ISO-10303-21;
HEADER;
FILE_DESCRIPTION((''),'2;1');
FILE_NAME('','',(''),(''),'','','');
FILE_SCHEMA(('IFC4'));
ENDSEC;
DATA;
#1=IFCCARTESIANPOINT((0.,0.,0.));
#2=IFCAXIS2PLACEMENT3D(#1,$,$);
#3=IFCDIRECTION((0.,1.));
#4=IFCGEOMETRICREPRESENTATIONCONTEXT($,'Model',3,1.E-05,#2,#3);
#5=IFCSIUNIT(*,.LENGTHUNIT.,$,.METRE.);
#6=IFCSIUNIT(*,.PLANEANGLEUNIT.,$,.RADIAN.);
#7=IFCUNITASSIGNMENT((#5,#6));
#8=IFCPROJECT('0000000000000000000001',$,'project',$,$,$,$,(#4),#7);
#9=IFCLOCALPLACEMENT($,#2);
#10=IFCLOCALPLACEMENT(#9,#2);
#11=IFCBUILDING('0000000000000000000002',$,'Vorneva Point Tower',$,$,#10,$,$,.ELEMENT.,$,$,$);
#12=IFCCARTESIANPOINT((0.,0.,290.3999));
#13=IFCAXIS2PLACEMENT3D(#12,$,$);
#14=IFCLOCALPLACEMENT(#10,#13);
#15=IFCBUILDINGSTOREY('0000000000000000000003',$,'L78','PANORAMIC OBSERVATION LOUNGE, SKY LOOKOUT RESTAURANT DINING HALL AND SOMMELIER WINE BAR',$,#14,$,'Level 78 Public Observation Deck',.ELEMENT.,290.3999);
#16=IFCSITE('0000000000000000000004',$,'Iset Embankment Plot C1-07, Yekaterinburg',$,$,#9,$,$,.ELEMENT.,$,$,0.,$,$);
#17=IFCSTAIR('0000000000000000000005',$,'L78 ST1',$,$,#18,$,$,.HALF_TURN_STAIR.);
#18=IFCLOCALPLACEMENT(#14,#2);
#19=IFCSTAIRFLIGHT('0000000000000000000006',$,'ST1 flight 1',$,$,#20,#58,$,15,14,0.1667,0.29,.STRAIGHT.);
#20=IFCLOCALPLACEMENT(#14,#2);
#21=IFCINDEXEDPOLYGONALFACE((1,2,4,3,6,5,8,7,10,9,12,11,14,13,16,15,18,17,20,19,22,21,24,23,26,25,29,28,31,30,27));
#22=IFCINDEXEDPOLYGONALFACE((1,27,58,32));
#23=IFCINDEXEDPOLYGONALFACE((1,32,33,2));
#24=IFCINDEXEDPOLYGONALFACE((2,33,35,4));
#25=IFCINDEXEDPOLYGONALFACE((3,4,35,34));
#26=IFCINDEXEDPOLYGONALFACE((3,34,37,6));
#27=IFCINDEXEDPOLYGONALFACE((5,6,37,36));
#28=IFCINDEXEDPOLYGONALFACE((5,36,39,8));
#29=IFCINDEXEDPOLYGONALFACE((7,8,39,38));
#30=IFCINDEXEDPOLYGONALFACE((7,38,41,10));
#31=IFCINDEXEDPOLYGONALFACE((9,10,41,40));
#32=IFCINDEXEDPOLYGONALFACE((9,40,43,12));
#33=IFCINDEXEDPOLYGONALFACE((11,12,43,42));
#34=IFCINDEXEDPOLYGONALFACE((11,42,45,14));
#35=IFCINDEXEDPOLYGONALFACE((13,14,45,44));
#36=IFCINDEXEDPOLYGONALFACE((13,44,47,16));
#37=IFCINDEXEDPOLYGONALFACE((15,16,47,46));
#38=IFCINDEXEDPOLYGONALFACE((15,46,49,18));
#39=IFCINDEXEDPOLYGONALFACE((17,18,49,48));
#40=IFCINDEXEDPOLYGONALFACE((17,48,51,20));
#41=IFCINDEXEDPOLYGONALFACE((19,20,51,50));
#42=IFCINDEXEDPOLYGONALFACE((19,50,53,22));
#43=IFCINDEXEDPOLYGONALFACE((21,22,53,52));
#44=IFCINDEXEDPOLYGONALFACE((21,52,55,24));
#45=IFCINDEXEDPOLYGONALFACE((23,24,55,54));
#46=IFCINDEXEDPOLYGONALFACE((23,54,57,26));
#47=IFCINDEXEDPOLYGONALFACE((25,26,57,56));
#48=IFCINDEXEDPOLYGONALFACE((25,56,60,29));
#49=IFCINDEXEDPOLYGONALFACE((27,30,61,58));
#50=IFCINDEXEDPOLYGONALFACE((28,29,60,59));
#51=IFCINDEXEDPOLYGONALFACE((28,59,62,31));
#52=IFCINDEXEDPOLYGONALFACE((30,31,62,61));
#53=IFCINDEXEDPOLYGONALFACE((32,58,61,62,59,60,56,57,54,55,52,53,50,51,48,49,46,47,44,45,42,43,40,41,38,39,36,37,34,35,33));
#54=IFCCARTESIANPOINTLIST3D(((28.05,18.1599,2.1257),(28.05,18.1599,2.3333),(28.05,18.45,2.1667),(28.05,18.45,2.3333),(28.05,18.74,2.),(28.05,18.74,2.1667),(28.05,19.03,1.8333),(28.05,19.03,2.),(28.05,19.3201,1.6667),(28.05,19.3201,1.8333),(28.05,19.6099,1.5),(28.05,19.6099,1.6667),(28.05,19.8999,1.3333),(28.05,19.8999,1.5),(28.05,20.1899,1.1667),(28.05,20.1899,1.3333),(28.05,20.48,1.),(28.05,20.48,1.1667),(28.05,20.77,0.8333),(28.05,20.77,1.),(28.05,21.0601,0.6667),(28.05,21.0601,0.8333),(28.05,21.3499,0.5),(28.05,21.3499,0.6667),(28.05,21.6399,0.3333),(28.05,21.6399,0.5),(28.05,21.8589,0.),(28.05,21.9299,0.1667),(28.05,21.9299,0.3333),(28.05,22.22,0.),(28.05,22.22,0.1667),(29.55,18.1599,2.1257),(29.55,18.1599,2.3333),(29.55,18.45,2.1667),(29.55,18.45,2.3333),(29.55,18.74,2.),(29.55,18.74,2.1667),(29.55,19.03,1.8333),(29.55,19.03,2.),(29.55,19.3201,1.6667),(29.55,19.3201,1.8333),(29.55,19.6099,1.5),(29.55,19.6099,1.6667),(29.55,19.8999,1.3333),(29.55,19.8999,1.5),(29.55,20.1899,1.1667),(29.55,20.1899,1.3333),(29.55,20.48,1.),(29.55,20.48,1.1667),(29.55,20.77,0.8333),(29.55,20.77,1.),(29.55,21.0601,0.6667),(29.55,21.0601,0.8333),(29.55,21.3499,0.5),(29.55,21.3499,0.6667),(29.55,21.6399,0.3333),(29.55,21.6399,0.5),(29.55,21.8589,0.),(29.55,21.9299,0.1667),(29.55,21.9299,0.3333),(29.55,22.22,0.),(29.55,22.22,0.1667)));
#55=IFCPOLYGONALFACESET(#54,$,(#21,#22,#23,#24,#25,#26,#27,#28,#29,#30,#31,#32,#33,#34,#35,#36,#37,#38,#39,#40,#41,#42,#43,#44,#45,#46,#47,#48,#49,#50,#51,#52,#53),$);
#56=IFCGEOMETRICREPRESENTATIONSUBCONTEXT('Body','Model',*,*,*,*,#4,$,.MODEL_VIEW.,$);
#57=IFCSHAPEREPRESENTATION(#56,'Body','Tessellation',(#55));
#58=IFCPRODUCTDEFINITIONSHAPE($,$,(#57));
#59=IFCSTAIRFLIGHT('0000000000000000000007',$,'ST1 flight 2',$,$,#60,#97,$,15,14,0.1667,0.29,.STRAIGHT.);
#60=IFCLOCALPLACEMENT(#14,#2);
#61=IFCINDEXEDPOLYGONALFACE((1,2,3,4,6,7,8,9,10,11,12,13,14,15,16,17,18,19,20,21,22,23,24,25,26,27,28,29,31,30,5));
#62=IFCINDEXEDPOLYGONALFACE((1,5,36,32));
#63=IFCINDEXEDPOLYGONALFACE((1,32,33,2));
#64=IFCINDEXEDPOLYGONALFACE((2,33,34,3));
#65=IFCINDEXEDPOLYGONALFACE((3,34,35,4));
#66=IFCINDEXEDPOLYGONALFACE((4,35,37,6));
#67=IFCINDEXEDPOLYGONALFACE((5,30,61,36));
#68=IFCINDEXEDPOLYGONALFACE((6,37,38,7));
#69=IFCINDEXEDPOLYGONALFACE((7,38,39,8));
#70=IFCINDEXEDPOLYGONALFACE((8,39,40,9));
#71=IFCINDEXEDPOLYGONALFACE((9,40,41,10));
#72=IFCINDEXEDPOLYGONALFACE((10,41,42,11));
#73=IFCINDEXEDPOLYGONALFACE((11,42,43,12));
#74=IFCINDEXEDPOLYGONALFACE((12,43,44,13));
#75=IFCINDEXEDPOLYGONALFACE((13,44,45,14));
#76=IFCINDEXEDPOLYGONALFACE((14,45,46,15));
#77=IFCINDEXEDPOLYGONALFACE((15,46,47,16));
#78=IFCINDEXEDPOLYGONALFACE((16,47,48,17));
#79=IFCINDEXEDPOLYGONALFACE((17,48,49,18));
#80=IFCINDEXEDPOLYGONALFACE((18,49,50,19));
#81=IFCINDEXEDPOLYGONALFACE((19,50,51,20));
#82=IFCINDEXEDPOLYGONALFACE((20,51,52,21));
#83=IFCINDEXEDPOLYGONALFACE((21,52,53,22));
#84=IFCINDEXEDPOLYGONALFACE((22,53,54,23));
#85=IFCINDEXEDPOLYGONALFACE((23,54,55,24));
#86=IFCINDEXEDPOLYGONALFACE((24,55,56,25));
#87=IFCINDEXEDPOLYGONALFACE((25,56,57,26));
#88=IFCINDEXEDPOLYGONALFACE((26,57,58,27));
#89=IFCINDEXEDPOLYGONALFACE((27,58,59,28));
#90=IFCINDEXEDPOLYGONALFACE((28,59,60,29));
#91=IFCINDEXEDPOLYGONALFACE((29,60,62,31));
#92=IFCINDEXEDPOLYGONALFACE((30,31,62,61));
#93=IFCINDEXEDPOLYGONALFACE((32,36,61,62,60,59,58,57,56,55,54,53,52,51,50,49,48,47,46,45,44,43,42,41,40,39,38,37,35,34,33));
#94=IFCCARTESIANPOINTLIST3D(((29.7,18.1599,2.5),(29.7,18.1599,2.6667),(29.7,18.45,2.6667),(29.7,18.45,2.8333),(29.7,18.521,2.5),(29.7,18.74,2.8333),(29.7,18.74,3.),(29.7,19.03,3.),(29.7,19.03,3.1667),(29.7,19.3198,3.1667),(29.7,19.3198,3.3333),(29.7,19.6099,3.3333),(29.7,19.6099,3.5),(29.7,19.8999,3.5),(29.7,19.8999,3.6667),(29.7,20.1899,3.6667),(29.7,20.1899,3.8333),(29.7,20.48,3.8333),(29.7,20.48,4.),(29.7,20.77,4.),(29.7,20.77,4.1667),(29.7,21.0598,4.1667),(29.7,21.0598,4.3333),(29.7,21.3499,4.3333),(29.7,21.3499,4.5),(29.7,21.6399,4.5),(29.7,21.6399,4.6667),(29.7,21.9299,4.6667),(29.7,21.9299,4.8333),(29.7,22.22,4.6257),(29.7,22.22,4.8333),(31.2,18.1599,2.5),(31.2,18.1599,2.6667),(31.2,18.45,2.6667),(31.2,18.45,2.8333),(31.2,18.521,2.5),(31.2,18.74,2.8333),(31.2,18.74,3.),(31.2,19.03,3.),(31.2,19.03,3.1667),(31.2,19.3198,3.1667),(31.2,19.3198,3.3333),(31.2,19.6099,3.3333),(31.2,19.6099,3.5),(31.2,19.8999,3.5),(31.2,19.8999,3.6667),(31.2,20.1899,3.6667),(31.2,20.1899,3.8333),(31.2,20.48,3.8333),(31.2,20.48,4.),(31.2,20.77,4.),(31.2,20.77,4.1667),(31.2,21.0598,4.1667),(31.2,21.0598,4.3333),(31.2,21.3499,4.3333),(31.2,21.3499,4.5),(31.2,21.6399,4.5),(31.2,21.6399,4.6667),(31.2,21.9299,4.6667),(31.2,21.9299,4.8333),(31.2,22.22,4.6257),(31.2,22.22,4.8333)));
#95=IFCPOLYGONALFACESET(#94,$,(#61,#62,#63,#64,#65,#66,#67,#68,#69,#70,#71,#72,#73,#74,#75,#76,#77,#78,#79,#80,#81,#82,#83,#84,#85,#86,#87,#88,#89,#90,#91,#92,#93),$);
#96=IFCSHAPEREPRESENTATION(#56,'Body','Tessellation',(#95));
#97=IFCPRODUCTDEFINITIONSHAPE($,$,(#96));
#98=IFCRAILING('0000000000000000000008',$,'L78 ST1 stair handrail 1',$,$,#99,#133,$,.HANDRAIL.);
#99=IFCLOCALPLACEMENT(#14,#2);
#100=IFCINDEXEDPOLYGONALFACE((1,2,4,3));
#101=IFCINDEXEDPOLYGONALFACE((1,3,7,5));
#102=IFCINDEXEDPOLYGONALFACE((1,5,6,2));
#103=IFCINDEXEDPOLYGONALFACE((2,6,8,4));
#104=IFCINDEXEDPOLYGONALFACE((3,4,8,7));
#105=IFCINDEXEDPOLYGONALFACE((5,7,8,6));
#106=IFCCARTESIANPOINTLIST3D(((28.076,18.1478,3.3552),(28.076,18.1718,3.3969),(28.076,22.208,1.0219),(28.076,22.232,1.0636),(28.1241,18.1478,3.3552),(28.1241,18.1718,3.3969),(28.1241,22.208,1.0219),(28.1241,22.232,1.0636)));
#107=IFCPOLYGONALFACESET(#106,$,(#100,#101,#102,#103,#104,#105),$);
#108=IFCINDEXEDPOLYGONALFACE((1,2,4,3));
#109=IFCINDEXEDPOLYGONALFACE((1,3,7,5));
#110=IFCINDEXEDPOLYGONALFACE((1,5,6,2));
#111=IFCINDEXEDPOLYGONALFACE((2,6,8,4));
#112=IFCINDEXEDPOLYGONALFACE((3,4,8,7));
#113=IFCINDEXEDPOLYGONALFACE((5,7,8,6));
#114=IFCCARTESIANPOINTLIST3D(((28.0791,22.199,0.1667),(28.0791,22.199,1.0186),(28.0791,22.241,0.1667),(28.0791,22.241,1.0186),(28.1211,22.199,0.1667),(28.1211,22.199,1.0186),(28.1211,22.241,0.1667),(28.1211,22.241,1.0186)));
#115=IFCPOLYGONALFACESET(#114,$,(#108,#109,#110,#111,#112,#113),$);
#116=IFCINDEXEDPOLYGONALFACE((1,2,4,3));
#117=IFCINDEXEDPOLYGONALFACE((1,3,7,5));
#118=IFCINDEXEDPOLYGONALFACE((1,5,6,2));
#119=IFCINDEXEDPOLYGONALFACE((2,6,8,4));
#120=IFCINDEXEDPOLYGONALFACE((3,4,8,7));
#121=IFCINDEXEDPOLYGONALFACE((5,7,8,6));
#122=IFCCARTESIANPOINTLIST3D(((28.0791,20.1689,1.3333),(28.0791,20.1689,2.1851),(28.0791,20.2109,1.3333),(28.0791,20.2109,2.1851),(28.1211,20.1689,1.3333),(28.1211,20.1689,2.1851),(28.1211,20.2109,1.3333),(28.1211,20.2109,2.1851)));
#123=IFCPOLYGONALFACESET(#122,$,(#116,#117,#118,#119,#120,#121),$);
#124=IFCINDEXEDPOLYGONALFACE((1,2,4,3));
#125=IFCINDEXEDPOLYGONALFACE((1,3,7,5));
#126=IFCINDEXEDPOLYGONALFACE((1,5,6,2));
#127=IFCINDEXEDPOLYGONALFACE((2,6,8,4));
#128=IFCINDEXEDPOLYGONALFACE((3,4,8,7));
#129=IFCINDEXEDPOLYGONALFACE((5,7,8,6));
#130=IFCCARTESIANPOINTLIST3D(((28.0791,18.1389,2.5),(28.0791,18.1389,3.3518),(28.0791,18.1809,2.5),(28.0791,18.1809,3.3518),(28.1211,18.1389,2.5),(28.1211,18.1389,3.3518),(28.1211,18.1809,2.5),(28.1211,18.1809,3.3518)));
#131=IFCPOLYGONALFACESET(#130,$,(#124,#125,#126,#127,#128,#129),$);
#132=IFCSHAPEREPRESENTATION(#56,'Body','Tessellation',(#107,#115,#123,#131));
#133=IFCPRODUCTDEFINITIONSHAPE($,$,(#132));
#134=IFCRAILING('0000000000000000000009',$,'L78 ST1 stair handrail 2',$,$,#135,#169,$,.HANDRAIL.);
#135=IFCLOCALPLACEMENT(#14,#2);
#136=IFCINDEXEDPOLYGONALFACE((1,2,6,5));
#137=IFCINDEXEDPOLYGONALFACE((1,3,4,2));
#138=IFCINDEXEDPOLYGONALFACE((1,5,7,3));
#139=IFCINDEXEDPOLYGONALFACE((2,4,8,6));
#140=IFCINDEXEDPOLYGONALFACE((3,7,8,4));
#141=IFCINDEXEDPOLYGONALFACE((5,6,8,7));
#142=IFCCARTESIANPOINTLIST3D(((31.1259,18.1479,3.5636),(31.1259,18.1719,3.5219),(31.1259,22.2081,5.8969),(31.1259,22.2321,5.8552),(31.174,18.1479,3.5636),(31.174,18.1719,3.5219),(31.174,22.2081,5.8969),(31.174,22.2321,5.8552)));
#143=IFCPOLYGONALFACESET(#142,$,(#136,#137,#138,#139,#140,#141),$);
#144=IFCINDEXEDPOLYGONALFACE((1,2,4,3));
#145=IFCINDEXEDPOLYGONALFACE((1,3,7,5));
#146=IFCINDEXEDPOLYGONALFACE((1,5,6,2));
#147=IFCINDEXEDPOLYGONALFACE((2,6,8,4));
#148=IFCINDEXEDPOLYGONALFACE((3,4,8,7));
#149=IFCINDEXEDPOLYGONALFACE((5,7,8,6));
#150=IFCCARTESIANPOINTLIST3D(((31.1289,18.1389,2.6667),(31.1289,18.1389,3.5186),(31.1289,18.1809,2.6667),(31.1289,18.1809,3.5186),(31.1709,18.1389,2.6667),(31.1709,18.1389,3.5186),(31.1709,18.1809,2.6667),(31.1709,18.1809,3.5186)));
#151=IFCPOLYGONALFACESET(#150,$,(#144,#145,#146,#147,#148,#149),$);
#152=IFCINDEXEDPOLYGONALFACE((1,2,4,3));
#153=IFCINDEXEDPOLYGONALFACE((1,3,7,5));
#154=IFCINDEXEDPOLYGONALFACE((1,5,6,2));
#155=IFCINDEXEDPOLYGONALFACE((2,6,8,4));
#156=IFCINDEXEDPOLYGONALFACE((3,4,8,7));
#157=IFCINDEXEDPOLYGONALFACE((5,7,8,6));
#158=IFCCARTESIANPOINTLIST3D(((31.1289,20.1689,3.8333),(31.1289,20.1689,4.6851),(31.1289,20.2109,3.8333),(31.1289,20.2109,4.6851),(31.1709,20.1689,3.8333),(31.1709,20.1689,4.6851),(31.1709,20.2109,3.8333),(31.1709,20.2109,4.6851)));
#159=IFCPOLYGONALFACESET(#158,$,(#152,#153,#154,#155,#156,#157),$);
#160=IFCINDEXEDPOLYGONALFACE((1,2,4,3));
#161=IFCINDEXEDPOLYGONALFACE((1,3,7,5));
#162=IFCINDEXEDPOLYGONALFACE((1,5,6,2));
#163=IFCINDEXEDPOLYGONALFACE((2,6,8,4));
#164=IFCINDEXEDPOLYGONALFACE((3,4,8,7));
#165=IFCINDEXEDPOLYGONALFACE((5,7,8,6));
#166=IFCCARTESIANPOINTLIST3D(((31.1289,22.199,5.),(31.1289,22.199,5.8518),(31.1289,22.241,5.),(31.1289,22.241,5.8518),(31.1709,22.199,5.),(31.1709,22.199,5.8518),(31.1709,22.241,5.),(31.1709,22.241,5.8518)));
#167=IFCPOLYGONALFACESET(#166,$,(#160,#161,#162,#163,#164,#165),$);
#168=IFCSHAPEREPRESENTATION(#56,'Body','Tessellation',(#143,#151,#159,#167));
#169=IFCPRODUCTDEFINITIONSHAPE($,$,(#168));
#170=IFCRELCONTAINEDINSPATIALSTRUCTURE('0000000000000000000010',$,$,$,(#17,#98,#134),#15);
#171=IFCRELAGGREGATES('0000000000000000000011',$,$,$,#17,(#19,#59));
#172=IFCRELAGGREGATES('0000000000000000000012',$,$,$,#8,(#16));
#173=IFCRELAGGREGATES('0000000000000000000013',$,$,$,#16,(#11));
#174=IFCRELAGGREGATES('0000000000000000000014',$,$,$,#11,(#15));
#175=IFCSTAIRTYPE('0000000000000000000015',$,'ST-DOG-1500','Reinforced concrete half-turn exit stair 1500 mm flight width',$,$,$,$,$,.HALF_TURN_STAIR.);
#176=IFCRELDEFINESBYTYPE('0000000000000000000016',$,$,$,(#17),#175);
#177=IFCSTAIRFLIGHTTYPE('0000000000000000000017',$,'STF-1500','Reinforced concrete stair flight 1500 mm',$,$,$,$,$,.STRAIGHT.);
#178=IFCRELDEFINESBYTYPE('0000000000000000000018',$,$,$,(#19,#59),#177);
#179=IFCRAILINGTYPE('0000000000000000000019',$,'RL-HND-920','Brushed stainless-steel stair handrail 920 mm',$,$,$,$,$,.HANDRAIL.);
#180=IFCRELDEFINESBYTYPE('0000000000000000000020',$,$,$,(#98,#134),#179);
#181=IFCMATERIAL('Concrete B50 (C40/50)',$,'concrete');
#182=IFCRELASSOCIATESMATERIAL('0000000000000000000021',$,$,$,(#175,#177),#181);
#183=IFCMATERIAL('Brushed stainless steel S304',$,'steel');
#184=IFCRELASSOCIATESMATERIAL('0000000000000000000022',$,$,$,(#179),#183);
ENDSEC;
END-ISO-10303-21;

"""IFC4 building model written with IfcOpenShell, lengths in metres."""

from ifc_helpers import new_model, si_unit, direction, frame, origin, origin_2d, place, context, subcontext, project, spatial, polyline, rectangle, outline, extrude, material, type_object, element, aggregate, save


model = new_model("IFC4")

# Units and contexts
model_context = context("Model", 3, precision=1e-05, world=origin(), true_north=direction((0.0, 1.0)))
body_context = subcontext(model_context, "Body", "Model", "MODEL_VIEW")
ifc_project = project(units=[si_unit("LENGTHUNIT", "METRE"), si_unit("PLANEANGLEUNIT", "RADIAN")], contexts=[model_context])

# Site, building, storey
site_placement = place(None, origin())
site = spatial("IfcSite", under=ifc_project, at=site_placement, Name="Iset Embankment Plot C1-07, Yekaterinburg", CompositionType="ELEMENT", RefElevation=0.0)
building_placement = place(site_placement, origin())
building = spatial("IfcBuilding", under=site, at=building_placement, Name="Vorneva Point Tower", CompositionType="ELEMENT")
storey_placement = place(building_placement, frame((0.0, 0.0, 290.3999)))
storey = spatial("IfcBuildingStorey", under=building, at=storey_placement, Name="L78", Description="PANORAMIC OBSERVATION LOUNGE, SKY LOOKOUT RESTAURANT DINING HALL AND SOMMELIER WINE BAR", LongName="Level 78 Public Observation Deck", CompositionType="ELEMENT", Elevation=290.3999)

# Shared definitions
ifc_material_1 = material(Name="Concrete B50 (C40/50)", Category="concrete")

# Stair, stair flights
stair_type = type_object("IfcStairType", Name="ST-DOG-1500", Description="Reinforced concrete half-turn exit stair 1500 mm flight width", PredefinedType="HALF_TURN_STAIR", material=ifc_material_1)
stair_placement = place(storey_placement, origin())
stair = element("IfcStair", 1, at=stair_placement, inside=storey, type_object=stair_type, Name="L78 ST1", PredefinedType="HALF_TURN_STAIR")
stair_flight_type = type_object("IfcStairFlightType", Name="STF-1500", Description="Reinforced concrete stair flight 1500 mm", PredefinedType="STRAIGHT", material=ifc_material_1)
stair_flight_1_placement = place(storey_placement, frame((28.8, 22.22, 0.0), z_axis=(0.0, 0.0, 1.0), x_axis=(0.0, -1.0, 0.0)))
stair_flight_1 = element("IfcStairFlight", 2, at=stair_flight_1_placement, type_object=stair_flight_type, Name="ST1 flight 1", NumberOfRisers=15, NumberOfTreads=14, PredefinedType="STRAIGHT", RiserHeight=0.1667, TreadLength=0.29, context=body_context, shape_type="SweptSolid", body=[
    extrude(outline(polyline([(0.0, 0.0), (0.0, 0.1667), (0.29, 0.1667), (0.29, 0.3333), (0.5801, 0.3333), (0.5801, 0.5), (0.8701, 0.5), (0.8701, 0.6667), (1.1599, 0.6667), (1.1599, 0.8333), (1.45, 0.8333), (1.45, 1.0), (1.74, 1.0), (1.74, 1.1667), (2.03, 1.1667), (2.03, 1.3333), (2.3201, 1.3333), (2.3201, 1.5), (2.6101, 1.5), (2.6101, 1.6667), (2.8999, 1.6667), (2.8999, 1.8333), (3.1899, 1.8333), (3.1899, 2.0), (3.48, 2.0), (3.48, 2.1667), (3.77, 2.1667), (3.77, 2.3333), (4.0601, 2.3333), (4.0601, 2.5), (4.0601, 2.1257), (0.3611, 0.0), (0.0, 0.0)])), frame((0.0, 0.75, 0.0), z_axis=(0.0, -1.0, 0.0), x_axis=(1.0, 0.0, 0.0)), (0.0, 0.0, 1.0), 1.5),
])
stair_flight_2_placement = place(storey_placement, frame((30.45, 18.1599, 2.5), z_axis=(0.0, 0.0, 1.0), x_axis=(0.0, 1.0, 0.0)))
stair_flight_2 = element("IfcStairFlight", 3, at=stair_flight_2_placement, type_object=stair_flight_type, Name="ST1 flight 2", NumberOfRisers=15, NumberOfTreads=14, PredefinedType="STRAIGHT", RiserHeight=0.1667, TreadLength=0.29, context=body_context, shape_type="SweptSolid", body=[
    extrude(outline(polyline([(0.0, 0.0), (0.0, 0.1667), (0.29, 0.1667), (0.29, 0.3333), (0.5801, 0.3333), (0.5801, 0.5), (0.8701, 0.5), (0.8701, 0.6667), (1.1599, 0.6667), (1.1599, 0.8333), (1.45, 0.8333), (1.45, 1.0), (1.74, 1.0), (1.74, 1.1667), (2.03, 1.1667), (2.03, 1.3333), (2.3201, 1.3333), (2.3201, 1.5), (2.6101, 1.5), (2.6101, 1.6667), (2.8999, 1.6667), (2.8999, 1.8333), (3.1899, 1.8333), (3.1899, 2.0), (3.48, 2.0), (3.48, 2.1667), (3.77, 2.1667), (3.77, 2.3333), (4.0601, 2.3333), (4.0601, 2.5), (4.0601, 2.1257), (0.3611, 0.0), (0.0, 0.0)])), frame((0.0, 0.75, 0.0), z_axis=(0.0, -1.0, 0.0), x_axis=(1.0, 0.0, 0.0)), (0.0, 0.0, 1.0), 1.5),
])
aggregate(stair, [stair_flight_1, stair_flight_2])

# Railings
ifc_material_2 = material(Name="Brushed stainless steel S304", Category="steel")
railing_type_1 = type_object("IfcRailingType", Name="RL-HND-920", Description="Brushed stainless-steel stair handrail 920 mm", PredefinedType="HANDRAIL", material=ifc_material_2)
railing_1_placement = place(storey_placement, frame((28.1001, 22.22, 0.1667)))
element("IfcRailing", 4, at=railing_1_placement, inside=storey, type_object=railing_type_1, Name="L78 ST1 stair handrail 1", PredefinedType="HANDRAIL", context=body_context, shape_type="SweptSolid", body=[
    extrude(rectangle(XDim=0.0481, YDim=0.0481, at=origin_2d()), frame((0.0, 0.0, 0.876), z_axis=(0.0, -0.867025, 0.498265), x_axis=(1.0, 0.0, 0.0)), (0.0, 0.0, 1.0), 4.6829),
    extrude(rectangle(XDim=0.042, YDim=0.042, at=origin_2d()), origin(), (0.0, 0.0, 1.0), 0.8518),
    extrude(rectangle(XDim=0.042, YDim=0.042, at=origin_2d()), frame((0.0, -2.03, 1.1665)), (0.0, 0.0, 1.0), 0.8518),
    extrude(rectangle(XDim=0.042, YDim=0.042, at=origin_2d()), frame((0.0, -4.0601, 2.3333)), (0.0, 0.0, 1.0), 0.8518),
])
railing_2_placement = place(storey_placement, frame((31.1499, 18.1599, 2.6667)))
element("IfcRailing", 5, at=railing_2_placement, inside=storey, type_object=railing_type_1, Name="L78 ST1 stair handrail 2", PredefinedType="HANDRAIL", context=body_context, shape_type="SweptSolid", body=[
    extrude(rectangle(XDim=0.0481, YDim=0.0481, at=origin_2d()), frame((0.0, 0.0, 0.876), z_axis=(0.0, 0.867025, 0.498265), x_axis=(-1.0, 0.0, 0.0)), (0.0, 0.0, 1.0), 4.6829),
    extrude(rectangle(XDim=0.042, YDim=0.042, at=origin_2d()), origin(), (0.0, 0.0, 1.0), 0.8518),
    extrude(rectangle(XDim=0.042, YDim=0.042, at=origin_2d()), frame((0.0, 2.03, 1.1665)), (0.0, 0.0, 1.0), 0.8518),
    extrude(rectangle(XDim=0.042, YDim=0.042, at=origin_2d()), frame((0.0, 4.0601, 2.3333)), (0.0, 0.0, 1.0), 0.8518),
])

save(model, "model.ifc")
